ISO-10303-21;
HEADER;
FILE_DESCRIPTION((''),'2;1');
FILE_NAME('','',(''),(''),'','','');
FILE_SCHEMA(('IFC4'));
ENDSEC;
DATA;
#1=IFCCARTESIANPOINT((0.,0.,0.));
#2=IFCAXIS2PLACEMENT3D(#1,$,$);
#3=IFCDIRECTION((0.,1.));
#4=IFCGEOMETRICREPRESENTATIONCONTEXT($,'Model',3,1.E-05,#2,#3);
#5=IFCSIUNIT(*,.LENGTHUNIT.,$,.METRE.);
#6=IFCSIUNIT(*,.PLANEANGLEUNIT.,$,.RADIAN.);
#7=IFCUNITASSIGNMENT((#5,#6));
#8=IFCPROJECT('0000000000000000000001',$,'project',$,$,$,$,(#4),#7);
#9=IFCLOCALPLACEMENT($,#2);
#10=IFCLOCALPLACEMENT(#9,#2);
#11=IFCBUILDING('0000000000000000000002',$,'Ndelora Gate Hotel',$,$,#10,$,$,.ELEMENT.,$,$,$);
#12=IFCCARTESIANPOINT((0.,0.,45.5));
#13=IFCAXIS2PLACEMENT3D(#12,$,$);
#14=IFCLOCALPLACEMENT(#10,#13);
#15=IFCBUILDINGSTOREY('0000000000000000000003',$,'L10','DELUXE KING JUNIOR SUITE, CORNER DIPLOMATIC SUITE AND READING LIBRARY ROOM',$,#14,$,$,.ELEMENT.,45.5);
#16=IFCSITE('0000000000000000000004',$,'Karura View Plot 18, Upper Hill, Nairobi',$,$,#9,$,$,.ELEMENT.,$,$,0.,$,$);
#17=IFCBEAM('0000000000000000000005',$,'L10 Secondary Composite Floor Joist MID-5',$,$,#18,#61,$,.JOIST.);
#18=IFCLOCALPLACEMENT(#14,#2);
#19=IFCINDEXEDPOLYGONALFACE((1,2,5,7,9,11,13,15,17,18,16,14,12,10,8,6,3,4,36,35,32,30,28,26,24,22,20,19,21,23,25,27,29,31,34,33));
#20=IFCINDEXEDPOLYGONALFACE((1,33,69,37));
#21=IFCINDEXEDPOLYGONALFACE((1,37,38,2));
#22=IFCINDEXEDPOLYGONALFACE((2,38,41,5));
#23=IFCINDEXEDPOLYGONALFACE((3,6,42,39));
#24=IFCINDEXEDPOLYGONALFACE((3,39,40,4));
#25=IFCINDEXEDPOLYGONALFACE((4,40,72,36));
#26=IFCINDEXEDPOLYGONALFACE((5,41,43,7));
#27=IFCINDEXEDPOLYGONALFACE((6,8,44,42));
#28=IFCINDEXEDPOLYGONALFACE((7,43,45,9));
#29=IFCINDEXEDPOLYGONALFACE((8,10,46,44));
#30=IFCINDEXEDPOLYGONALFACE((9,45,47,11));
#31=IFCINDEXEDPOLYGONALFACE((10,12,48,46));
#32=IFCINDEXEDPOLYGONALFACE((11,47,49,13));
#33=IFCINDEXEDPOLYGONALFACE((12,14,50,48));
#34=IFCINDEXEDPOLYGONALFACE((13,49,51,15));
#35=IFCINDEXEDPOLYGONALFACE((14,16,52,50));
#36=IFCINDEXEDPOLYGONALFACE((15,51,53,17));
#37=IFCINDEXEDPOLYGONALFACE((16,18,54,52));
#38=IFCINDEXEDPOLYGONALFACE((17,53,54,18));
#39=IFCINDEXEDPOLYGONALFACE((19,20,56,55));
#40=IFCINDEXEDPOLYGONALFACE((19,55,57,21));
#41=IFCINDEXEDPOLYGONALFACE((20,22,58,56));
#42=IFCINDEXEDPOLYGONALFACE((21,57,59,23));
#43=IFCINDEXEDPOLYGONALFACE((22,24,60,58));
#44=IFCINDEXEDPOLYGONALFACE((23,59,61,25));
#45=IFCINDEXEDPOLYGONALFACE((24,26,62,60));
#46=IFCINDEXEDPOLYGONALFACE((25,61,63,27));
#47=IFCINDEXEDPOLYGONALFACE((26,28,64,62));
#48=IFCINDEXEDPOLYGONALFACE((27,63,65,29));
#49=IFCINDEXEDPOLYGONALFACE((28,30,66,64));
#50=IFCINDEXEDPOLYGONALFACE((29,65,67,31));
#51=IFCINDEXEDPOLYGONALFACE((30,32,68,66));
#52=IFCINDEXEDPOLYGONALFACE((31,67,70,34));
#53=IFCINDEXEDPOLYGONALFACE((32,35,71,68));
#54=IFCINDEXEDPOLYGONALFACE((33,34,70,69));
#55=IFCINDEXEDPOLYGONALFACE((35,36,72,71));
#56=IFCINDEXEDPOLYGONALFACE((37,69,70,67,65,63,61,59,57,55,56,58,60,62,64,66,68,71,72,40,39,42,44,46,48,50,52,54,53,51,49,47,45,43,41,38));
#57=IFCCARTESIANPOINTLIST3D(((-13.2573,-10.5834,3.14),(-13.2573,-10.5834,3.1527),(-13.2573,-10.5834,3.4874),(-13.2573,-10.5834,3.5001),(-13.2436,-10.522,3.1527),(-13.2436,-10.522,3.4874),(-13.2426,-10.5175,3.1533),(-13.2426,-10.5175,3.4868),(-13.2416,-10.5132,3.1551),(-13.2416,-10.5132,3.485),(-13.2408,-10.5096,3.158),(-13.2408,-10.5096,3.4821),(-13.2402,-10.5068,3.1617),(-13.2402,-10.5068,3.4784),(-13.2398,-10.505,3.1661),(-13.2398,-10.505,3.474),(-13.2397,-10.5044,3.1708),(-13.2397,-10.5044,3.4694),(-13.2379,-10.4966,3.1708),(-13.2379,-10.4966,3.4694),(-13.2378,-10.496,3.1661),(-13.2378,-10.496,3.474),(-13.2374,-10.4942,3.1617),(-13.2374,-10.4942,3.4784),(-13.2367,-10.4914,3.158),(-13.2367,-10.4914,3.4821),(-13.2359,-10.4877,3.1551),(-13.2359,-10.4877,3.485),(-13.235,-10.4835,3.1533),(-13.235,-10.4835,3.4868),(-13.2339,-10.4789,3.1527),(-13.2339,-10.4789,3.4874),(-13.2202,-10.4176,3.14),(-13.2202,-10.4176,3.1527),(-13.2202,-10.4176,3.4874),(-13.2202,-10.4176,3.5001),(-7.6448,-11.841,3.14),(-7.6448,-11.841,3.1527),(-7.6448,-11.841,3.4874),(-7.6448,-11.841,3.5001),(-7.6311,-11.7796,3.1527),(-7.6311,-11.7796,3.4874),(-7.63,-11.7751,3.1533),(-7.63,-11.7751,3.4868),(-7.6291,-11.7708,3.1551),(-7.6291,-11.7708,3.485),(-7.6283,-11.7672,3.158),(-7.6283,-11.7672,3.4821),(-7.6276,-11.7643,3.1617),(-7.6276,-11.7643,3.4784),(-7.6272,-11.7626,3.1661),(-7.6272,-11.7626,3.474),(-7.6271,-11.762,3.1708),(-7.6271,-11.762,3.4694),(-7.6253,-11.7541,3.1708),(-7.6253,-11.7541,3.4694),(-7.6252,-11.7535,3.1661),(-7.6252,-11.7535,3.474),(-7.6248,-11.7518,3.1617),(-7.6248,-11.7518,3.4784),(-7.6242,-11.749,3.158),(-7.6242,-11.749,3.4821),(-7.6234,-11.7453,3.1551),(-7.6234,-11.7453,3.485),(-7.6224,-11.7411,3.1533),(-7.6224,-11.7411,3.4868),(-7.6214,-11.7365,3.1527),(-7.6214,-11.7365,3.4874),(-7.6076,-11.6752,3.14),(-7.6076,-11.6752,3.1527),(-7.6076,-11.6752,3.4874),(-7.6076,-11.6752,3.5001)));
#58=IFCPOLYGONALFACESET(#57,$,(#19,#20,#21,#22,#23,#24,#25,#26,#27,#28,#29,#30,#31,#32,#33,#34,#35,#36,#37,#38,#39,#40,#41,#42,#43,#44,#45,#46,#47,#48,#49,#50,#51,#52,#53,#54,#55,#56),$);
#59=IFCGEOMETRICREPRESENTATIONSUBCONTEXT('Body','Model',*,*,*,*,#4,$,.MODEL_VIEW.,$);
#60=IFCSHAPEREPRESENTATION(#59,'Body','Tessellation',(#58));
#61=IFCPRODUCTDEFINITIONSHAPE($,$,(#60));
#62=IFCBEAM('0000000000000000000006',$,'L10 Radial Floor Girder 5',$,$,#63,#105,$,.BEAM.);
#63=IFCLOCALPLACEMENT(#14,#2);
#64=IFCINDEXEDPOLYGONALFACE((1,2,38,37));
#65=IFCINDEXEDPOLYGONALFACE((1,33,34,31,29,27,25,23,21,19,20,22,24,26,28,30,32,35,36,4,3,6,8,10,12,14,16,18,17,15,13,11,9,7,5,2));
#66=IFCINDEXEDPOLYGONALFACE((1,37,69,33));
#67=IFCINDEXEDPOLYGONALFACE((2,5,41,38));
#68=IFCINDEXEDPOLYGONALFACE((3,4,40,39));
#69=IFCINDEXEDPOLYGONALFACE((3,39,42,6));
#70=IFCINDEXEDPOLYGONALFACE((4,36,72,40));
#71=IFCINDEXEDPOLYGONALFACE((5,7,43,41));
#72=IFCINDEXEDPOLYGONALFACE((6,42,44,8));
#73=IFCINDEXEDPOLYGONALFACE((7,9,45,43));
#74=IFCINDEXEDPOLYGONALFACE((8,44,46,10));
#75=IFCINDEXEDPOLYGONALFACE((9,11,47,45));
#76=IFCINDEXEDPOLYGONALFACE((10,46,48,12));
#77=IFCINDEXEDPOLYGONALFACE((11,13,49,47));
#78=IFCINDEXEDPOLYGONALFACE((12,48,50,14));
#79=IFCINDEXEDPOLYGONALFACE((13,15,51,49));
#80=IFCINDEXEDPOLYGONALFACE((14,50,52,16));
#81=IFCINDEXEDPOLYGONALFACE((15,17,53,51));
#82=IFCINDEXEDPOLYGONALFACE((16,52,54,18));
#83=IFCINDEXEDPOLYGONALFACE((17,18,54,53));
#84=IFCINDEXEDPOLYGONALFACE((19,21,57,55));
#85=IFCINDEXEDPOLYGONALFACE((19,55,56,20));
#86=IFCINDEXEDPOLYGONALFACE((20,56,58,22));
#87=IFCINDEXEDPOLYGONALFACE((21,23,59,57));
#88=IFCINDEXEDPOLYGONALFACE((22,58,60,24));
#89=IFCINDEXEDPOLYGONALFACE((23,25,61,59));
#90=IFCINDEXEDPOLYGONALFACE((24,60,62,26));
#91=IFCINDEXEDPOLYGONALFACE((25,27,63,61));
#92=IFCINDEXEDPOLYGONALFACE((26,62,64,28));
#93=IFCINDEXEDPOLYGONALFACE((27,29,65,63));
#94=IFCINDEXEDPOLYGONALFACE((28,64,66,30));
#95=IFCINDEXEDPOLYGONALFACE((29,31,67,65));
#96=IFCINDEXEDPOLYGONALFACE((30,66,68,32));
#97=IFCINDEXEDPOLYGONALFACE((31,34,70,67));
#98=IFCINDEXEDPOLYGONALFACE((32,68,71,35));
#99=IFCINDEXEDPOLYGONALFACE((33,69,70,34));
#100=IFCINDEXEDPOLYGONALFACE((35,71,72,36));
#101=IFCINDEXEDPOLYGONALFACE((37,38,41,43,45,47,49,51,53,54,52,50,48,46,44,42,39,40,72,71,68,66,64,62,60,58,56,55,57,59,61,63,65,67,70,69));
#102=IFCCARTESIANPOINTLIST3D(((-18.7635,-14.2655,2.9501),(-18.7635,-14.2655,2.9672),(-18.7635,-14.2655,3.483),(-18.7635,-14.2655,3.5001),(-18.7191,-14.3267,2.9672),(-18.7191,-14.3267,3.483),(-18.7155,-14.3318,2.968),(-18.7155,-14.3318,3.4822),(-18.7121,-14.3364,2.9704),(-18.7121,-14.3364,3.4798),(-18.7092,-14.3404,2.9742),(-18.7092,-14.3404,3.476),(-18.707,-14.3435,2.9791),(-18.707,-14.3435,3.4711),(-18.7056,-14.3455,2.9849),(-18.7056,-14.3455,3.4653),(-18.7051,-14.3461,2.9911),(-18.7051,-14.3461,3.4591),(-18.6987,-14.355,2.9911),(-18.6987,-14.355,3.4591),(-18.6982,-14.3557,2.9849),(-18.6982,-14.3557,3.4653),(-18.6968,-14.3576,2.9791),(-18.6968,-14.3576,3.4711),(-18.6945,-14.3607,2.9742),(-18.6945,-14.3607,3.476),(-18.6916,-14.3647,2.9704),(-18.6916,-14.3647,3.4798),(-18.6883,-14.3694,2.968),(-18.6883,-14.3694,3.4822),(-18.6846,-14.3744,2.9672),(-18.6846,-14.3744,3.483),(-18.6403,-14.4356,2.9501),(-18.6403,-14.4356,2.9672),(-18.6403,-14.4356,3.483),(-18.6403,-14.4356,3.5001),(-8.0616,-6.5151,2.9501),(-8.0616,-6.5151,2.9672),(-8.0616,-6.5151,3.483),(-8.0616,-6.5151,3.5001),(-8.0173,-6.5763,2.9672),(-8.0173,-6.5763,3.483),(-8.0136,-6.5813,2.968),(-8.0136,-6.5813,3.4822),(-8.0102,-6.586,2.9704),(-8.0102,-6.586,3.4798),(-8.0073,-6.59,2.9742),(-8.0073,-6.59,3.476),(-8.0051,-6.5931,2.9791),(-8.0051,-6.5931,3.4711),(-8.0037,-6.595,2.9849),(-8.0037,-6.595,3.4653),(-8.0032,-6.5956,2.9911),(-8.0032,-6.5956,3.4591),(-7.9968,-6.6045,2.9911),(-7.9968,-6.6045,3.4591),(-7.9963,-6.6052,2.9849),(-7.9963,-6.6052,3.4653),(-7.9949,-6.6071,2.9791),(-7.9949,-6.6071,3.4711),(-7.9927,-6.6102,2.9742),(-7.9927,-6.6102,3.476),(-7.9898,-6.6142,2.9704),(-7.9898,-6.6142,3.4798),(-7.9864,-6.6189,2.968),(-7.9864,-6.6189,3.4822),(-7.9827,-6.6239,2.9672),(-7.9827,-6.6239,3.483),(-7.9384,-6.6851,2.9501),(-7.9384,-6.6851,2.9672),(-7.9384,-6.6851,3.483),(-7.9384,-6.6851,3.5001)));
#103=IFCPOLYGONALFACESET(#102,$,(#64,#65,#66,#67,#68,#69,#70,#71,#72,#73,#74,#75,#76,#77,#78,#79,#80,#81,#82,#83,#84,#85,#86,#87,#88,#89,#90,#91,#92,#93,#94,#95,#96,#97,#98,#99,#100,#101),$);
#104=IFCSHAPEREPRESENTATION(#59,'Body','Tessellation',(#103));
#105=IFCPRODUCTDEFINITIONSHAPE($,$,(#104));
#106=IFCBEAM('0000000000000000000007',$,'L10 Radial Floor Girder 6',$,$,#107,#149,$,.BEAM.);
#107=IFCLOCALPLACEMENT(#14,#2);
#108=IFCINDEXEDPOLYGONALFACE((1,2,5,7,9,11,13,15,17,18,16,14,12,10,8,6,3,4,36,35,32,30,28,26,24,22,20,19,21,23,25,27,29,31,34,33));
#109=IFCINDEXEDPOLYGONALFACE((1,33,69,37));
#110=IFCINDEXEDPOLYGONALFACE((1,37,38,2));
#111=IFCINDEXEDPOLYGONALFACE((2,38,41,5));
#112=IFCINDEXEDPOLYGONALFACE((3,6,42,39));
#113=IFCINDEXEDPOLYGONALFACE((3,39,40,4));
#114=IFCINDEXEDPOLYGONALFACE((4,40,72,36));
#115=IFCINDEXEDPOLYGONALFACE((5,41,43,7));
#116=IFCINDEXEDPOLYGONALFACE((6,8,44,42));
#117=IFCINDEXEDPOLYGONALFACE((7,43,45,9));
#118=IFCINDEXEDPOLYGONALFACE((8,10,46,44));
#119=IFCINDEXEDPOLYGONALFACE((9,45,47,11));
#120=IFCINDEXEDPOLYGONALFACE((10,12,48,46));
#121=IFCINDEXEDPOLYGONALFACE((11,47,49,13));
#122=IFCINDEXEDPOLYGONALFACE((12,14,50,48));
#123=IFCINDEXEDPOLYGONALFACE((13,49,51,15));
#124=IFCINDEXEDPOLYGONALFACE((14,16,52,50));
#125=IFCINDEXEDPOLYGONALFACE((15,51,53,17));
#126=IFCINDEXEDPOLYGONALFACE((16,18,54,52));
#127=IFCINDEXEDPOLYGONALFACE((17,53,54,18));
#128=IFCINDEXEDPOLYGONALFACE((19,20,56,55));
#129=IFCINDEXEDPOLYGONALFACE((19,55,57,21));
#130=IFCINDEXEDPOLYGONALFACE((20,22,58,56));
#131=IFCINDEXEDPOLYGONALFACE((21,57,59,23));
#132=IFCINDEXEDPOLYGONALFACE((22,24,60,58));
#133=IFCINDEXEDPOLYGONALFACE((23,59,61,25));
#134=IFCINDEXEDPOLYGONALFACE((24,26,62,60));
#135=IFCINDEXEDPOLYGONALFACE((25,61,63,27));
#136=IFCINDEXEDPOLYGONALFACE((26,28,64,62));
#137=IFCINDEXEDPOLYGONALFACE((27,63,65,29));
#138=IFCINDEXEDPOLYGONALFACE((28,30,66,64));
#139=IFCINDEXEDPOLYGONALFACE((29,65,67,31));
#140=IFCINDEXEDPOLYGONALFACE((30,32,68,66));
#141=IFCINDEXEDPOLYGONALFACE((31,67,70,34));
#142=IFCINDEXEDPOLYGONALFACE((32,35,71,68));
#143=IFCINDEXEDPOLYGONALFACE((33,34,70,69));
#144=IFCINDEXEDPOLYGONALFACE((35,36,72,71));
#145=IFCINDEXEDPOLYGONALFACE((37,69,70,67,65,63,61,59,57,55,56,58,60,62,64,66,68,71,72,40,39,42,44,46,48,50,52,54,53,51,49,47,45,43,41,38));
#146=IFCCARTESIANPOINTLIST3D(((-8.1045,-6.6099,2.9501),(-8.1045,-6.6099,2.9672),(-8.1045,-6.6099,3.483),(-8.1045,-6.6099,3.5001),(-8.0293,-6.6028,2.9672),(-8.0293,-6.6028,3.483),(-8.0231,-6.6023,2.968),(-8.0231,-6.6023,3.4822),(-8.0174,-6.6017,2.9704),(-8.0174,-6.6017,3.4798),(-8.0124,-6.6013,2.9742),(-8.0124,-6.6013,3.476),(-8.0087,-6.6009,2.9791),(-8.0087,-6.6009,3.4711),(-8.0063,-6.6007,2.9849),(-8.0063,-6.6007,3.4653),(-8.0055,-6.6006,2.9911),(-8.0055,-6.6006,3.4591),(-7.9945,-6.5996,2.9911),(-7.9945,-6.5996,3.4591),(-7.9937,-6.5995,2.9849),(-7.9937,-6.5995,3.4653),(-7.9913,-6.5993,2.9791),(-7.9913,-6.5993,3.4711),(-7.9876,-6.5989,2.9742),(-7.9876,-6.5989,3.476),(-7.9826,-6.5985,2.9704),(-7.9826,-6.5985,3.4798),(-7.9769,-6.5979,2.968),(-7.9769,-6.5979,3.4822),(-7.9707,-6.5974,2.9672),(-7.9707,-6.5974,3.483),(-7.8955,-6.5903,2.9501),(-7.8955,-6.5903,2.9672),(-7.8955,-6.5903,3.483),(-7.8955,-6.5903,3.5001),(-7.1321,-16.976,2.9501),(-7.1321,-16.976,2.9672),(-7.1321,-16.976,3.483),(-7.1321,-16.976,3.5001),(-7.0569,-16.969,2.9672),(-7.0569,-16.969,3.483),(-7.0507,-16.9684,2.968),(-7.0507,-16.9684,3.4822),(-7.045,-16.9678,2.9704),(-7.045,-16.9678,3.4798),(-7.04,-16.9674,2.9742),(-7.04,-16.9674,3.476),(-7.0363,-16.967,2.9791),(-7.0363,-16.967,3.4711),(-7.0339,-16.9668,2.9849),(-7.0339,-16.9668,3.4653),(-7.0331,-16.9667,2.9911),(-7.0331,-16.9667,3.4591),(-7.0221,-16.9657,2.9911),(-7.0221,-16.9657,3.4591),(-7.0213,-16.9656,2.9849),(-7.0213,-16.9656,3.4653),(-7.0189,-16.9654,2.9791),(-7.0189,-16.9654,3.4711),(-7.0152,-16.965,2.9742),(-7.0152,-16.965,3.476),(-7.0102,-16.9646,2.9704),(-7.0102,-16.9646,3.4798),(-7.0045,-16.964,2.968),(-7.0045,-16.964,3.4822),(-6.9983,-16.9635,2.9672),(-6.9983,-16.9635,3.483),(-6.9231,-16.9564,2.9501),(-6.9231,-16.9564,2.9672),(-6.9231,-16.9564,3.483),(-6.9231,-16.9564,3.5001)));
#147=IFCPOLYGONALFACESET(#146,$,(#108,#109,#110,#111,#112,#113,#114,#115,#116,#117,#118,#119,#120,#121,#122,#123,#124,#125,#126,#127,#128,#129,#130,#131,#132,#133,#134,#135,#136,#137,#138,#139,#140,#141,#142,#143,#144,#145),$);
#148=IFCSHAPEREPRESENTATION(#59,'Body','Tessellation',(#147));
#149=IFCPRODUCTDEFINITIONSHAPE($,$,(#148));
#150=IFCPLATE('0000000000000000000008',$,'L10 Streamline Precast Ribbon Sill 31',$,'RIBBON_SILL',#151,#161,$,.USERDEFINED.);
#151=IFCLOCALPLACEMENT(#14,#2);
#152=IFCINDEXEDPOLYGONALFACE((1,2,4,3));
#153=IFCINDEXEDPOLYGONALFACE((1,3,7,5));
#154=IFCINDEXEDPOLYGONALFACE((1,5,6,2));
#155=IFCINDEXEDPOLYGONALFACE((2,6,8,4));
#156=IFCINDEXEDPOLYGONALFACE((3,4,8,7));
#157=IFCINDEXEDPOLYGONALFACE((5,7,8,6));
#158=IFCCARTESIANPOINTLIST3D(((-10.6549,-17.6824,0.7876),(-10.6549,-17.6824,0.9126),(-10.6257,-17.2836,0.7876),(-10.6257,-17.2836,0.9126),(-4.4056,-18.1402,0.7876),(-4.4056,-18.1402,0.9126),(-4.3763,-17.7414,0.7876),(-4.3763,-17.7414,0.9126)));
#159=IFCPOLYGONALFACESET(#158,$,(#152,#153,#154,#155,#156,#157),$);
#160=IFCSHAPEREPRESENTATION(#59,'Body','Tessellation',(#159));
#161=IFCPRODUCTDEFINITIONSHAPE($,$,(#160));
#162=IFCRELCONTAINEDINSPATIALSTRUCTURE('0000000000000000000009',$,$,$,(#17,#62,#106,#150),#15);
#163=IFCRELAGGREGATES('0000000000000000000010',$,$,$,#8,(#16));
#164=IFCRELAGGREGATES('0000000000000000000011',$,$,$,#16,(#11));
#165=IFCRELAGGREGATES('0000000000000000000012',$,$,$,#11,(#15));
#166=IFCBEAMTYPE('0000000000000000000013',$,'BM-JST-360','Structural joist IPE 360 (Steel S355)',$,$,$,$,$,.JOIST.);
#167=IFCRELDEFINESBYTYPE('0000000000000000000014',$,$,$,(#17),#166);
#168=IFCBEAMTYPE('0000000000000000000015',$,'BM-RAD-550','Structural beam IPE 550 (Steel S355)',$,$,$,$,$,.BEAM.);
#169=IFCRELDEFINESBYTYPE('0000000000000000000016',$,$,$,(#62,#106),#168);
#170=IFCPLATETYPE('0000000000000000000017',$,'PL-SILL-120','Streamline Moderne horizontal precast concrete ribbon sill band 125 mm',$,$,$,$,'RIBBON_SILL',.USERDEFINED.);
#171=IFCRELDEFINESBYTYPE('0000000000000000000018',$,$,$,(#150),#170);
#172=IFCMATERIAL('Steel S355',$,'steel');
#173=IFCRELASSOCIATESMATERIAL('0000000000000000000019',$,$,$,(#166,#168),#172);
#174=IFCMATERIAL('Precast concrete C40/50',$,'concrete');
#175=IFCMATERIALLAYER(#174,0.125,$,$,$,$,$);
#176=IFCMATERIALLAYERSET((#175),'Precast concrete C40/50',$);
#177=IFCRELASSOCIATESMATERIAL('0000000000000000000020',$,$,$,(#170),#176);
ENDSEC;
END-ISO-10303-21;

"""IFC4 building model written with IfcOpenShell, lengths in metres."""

from ifc_helpers import new_model, si_unit, direction, frame, origin, origin_2d, place, context, subcontext, project, spatial, rectangle, i_section, extrude, material, layer, layer_set, material_profile, profile_set, type_object, element, save


model = new_model("IFC4")

# Units and contexts
model_context = context("Model", 3, precision=1e-05, world=origin(), true_north=direction((0.0, 1.0)))
body_context = subcontext(model_context, "Body", "Model", "MODEL_VIEW")
ifc_project = project(units=[si_unit("LENGTHUNIT", "METRE"), si_unit("PLANEANGLEUNIT", "RADIAN")], contexts=[model_context])

# Site, building, storey
site_placement = place(None, origin())
site = spatial("IfcSite", under=ifc_project, at=site_placement, Name="Karura View Plot 18, Upper Hill, Nairobi", CompositionType="ELEMENT", RefElevation=0.0)
building_placement = place(site_placement, origin())
building = spatial("IfcBuilding", under=site, at=building_placement, Name="Ndelora Gate Hotel", CompositionType="ELEMENT")
storey_placement = place(building_placement, frame((0.0, 0.0, 45.5)))
storey = spatial("IfcBuildingStorey", under=building, at=storey_placement, Name="L10", Description="DELUXE KING JUNIOR SUITE, CORNER DIPLOMATIC SUITE AND READING LIBRARY ROOM", CompositionType="ELEMENT", Elevation=45.5)

# Beams
ifc_material_1 = material(Name="Steel S355", Category="steel")
ifc_material_profile_1 = material_profile(ifc_material_1, i_section(OverallWidth=0.1699, OverallDepth=0.3601, WebThickness=0.0081, FlangeThickness=0.0127, FilletRadius=0.0181, at=origin_2d()), Name="IPE 360")
ifc_profile_set_1 = profile_set([ifc_material_profile_1], Name="Steel S355")
beam_type_1 = type_object("IfcBeamType", Name="BM-JST-360", Description="Structural joist IPE 360 (Steel S355)", PredefinedType="JOIST", material=ifc_profile_set_1)
beam_1_placement = place(storey_placement, frame((-13.2388, -10.5005, 3.3201), z_axis=(0.975805, -0.218642, 0.0), x_axis=(0.218642, 0.975805, 0.0)))
element("IfcBeam", 1, at=beam_1_placement, inside=storey, type_object=beam_type_1, Name="L10 Secondary Composite Floor Joist MID-5", PredefinedType="JOIST", context=body_context, shape_type="SweptSolid", body=[
    extrude(i_section(OverallWidth=0.1699, OverallDepth=0.3601, WebThickness=0.0081, FlangeThickness=0.0127, FilletRadius=0.0181, at=origin_2d()), origin(), (0.0, 0.0, 1.0), 5.7517),
])
ifc_material_profile_2 = material_profile(ifc_material_1, i_section(OverallWidth=0.21, OverallDepth=0.55, WebThickness=0.011, FlangeThickness=0.0171, FilletRadius=0.0239, at=origin_2d()), Name="IPE 550")
ifc_profile_set_2 = profile_set([ifc_material_profile_2], Name="Steel S355")
beam_type_2 = type_object("IfcBeamType", Name="BM-RAD-550", Description="Structural beam IPE 550 (Steel S355)", PredefinedType="BEAM", material=ifc_profile_set_2)
beam_2_placement = place(storey_placement, frame((-8.0, -6.6001, 3.2251), z_axis=(-0.809912, -0.586551, 0.0), x_axis=(0.586551, -0.809912, 0.0)))
element("IfcBeam", 2, at=beam_2_placement, inside=storey, type_object=beam_type_2, Name="L10 Radial Floor Girder 5", PredefinedType="BEAM", context=body_context, shape_type="SweptSolid", body=[
    extrude(i_section(OverallWidth=0.21, OverallDepth=0.55, WebThickness=0.011, FlangeThickness=0.0171, FilletRadius=0.0239, at=origin_2d()), origin(), (0.0, 0.0, 1.0), 13.2136),
])
beam_3_placement = place(storey_placement, frame((-8.0, -6.6001, 3.2251), z_axis=(0.093396, -0.995629, 0.0), x_axis=(0.995629, 0.093396, 0.0)))
element("IfcBeam", 3, at=beam_3_placement, inside=storey, type_object=beam_type_2, Name="L10 Radial Floor Girder 6", PredefinedType="BEAM", context=body_context, shape_type="SweptSolid", body=[
    extrude(i_section(OverallWidth=0.21, OverallDepth=0.55, WebThickness=0.011, FlangeThickness=0.0171, FilletRadius=0.0239, at=origin_2d()), origin(), (0.0, 0.0, 1.0), 10.4116),
])

# Plate
ifc_material_2 = material(Name="Precast concrete C40/50", Category="concrete")
ifc_layer_1 = layer(ifc_material_2, 0.125)
ifc_layer_set_1 = layer_set([ifc_layer_1], Name="Precast concrete C40/50")
plate_type = type_object("IfcPlateType", Name="PL-SILL-120", Description="Streamline Moderne horizontal precast concrete ribbon sill band 125 mm", ElementType="RIBBON_SILL", PredefinedType="USERDEFINED", material=ifc_layer_set_1)
plate_placement = place(storey_placement, frame((-7.5156, -17.7119, 0.7876), z_axis=(0.0, 0.0, 1.0), x_axis=(-0.997327, 0.073064, 0.0)))
element("IfcPlate", 4, at=plate_placement, inside=storey, type_object=plate_type, Name="L10 Streamline Precast Ribbon Sill 31", ObjectType="RIBBON_SILL", PredefinedType="USERDEFINED", context=body_context, shape_type="SweptSolid", body=[
    extrude(rectangle(XDim=6.2661, YDim=0.3999, at=origin_2d()), origin(), (0.0, 0.0, 1.0), 0.125),
])

save(model, "model.ifc")
